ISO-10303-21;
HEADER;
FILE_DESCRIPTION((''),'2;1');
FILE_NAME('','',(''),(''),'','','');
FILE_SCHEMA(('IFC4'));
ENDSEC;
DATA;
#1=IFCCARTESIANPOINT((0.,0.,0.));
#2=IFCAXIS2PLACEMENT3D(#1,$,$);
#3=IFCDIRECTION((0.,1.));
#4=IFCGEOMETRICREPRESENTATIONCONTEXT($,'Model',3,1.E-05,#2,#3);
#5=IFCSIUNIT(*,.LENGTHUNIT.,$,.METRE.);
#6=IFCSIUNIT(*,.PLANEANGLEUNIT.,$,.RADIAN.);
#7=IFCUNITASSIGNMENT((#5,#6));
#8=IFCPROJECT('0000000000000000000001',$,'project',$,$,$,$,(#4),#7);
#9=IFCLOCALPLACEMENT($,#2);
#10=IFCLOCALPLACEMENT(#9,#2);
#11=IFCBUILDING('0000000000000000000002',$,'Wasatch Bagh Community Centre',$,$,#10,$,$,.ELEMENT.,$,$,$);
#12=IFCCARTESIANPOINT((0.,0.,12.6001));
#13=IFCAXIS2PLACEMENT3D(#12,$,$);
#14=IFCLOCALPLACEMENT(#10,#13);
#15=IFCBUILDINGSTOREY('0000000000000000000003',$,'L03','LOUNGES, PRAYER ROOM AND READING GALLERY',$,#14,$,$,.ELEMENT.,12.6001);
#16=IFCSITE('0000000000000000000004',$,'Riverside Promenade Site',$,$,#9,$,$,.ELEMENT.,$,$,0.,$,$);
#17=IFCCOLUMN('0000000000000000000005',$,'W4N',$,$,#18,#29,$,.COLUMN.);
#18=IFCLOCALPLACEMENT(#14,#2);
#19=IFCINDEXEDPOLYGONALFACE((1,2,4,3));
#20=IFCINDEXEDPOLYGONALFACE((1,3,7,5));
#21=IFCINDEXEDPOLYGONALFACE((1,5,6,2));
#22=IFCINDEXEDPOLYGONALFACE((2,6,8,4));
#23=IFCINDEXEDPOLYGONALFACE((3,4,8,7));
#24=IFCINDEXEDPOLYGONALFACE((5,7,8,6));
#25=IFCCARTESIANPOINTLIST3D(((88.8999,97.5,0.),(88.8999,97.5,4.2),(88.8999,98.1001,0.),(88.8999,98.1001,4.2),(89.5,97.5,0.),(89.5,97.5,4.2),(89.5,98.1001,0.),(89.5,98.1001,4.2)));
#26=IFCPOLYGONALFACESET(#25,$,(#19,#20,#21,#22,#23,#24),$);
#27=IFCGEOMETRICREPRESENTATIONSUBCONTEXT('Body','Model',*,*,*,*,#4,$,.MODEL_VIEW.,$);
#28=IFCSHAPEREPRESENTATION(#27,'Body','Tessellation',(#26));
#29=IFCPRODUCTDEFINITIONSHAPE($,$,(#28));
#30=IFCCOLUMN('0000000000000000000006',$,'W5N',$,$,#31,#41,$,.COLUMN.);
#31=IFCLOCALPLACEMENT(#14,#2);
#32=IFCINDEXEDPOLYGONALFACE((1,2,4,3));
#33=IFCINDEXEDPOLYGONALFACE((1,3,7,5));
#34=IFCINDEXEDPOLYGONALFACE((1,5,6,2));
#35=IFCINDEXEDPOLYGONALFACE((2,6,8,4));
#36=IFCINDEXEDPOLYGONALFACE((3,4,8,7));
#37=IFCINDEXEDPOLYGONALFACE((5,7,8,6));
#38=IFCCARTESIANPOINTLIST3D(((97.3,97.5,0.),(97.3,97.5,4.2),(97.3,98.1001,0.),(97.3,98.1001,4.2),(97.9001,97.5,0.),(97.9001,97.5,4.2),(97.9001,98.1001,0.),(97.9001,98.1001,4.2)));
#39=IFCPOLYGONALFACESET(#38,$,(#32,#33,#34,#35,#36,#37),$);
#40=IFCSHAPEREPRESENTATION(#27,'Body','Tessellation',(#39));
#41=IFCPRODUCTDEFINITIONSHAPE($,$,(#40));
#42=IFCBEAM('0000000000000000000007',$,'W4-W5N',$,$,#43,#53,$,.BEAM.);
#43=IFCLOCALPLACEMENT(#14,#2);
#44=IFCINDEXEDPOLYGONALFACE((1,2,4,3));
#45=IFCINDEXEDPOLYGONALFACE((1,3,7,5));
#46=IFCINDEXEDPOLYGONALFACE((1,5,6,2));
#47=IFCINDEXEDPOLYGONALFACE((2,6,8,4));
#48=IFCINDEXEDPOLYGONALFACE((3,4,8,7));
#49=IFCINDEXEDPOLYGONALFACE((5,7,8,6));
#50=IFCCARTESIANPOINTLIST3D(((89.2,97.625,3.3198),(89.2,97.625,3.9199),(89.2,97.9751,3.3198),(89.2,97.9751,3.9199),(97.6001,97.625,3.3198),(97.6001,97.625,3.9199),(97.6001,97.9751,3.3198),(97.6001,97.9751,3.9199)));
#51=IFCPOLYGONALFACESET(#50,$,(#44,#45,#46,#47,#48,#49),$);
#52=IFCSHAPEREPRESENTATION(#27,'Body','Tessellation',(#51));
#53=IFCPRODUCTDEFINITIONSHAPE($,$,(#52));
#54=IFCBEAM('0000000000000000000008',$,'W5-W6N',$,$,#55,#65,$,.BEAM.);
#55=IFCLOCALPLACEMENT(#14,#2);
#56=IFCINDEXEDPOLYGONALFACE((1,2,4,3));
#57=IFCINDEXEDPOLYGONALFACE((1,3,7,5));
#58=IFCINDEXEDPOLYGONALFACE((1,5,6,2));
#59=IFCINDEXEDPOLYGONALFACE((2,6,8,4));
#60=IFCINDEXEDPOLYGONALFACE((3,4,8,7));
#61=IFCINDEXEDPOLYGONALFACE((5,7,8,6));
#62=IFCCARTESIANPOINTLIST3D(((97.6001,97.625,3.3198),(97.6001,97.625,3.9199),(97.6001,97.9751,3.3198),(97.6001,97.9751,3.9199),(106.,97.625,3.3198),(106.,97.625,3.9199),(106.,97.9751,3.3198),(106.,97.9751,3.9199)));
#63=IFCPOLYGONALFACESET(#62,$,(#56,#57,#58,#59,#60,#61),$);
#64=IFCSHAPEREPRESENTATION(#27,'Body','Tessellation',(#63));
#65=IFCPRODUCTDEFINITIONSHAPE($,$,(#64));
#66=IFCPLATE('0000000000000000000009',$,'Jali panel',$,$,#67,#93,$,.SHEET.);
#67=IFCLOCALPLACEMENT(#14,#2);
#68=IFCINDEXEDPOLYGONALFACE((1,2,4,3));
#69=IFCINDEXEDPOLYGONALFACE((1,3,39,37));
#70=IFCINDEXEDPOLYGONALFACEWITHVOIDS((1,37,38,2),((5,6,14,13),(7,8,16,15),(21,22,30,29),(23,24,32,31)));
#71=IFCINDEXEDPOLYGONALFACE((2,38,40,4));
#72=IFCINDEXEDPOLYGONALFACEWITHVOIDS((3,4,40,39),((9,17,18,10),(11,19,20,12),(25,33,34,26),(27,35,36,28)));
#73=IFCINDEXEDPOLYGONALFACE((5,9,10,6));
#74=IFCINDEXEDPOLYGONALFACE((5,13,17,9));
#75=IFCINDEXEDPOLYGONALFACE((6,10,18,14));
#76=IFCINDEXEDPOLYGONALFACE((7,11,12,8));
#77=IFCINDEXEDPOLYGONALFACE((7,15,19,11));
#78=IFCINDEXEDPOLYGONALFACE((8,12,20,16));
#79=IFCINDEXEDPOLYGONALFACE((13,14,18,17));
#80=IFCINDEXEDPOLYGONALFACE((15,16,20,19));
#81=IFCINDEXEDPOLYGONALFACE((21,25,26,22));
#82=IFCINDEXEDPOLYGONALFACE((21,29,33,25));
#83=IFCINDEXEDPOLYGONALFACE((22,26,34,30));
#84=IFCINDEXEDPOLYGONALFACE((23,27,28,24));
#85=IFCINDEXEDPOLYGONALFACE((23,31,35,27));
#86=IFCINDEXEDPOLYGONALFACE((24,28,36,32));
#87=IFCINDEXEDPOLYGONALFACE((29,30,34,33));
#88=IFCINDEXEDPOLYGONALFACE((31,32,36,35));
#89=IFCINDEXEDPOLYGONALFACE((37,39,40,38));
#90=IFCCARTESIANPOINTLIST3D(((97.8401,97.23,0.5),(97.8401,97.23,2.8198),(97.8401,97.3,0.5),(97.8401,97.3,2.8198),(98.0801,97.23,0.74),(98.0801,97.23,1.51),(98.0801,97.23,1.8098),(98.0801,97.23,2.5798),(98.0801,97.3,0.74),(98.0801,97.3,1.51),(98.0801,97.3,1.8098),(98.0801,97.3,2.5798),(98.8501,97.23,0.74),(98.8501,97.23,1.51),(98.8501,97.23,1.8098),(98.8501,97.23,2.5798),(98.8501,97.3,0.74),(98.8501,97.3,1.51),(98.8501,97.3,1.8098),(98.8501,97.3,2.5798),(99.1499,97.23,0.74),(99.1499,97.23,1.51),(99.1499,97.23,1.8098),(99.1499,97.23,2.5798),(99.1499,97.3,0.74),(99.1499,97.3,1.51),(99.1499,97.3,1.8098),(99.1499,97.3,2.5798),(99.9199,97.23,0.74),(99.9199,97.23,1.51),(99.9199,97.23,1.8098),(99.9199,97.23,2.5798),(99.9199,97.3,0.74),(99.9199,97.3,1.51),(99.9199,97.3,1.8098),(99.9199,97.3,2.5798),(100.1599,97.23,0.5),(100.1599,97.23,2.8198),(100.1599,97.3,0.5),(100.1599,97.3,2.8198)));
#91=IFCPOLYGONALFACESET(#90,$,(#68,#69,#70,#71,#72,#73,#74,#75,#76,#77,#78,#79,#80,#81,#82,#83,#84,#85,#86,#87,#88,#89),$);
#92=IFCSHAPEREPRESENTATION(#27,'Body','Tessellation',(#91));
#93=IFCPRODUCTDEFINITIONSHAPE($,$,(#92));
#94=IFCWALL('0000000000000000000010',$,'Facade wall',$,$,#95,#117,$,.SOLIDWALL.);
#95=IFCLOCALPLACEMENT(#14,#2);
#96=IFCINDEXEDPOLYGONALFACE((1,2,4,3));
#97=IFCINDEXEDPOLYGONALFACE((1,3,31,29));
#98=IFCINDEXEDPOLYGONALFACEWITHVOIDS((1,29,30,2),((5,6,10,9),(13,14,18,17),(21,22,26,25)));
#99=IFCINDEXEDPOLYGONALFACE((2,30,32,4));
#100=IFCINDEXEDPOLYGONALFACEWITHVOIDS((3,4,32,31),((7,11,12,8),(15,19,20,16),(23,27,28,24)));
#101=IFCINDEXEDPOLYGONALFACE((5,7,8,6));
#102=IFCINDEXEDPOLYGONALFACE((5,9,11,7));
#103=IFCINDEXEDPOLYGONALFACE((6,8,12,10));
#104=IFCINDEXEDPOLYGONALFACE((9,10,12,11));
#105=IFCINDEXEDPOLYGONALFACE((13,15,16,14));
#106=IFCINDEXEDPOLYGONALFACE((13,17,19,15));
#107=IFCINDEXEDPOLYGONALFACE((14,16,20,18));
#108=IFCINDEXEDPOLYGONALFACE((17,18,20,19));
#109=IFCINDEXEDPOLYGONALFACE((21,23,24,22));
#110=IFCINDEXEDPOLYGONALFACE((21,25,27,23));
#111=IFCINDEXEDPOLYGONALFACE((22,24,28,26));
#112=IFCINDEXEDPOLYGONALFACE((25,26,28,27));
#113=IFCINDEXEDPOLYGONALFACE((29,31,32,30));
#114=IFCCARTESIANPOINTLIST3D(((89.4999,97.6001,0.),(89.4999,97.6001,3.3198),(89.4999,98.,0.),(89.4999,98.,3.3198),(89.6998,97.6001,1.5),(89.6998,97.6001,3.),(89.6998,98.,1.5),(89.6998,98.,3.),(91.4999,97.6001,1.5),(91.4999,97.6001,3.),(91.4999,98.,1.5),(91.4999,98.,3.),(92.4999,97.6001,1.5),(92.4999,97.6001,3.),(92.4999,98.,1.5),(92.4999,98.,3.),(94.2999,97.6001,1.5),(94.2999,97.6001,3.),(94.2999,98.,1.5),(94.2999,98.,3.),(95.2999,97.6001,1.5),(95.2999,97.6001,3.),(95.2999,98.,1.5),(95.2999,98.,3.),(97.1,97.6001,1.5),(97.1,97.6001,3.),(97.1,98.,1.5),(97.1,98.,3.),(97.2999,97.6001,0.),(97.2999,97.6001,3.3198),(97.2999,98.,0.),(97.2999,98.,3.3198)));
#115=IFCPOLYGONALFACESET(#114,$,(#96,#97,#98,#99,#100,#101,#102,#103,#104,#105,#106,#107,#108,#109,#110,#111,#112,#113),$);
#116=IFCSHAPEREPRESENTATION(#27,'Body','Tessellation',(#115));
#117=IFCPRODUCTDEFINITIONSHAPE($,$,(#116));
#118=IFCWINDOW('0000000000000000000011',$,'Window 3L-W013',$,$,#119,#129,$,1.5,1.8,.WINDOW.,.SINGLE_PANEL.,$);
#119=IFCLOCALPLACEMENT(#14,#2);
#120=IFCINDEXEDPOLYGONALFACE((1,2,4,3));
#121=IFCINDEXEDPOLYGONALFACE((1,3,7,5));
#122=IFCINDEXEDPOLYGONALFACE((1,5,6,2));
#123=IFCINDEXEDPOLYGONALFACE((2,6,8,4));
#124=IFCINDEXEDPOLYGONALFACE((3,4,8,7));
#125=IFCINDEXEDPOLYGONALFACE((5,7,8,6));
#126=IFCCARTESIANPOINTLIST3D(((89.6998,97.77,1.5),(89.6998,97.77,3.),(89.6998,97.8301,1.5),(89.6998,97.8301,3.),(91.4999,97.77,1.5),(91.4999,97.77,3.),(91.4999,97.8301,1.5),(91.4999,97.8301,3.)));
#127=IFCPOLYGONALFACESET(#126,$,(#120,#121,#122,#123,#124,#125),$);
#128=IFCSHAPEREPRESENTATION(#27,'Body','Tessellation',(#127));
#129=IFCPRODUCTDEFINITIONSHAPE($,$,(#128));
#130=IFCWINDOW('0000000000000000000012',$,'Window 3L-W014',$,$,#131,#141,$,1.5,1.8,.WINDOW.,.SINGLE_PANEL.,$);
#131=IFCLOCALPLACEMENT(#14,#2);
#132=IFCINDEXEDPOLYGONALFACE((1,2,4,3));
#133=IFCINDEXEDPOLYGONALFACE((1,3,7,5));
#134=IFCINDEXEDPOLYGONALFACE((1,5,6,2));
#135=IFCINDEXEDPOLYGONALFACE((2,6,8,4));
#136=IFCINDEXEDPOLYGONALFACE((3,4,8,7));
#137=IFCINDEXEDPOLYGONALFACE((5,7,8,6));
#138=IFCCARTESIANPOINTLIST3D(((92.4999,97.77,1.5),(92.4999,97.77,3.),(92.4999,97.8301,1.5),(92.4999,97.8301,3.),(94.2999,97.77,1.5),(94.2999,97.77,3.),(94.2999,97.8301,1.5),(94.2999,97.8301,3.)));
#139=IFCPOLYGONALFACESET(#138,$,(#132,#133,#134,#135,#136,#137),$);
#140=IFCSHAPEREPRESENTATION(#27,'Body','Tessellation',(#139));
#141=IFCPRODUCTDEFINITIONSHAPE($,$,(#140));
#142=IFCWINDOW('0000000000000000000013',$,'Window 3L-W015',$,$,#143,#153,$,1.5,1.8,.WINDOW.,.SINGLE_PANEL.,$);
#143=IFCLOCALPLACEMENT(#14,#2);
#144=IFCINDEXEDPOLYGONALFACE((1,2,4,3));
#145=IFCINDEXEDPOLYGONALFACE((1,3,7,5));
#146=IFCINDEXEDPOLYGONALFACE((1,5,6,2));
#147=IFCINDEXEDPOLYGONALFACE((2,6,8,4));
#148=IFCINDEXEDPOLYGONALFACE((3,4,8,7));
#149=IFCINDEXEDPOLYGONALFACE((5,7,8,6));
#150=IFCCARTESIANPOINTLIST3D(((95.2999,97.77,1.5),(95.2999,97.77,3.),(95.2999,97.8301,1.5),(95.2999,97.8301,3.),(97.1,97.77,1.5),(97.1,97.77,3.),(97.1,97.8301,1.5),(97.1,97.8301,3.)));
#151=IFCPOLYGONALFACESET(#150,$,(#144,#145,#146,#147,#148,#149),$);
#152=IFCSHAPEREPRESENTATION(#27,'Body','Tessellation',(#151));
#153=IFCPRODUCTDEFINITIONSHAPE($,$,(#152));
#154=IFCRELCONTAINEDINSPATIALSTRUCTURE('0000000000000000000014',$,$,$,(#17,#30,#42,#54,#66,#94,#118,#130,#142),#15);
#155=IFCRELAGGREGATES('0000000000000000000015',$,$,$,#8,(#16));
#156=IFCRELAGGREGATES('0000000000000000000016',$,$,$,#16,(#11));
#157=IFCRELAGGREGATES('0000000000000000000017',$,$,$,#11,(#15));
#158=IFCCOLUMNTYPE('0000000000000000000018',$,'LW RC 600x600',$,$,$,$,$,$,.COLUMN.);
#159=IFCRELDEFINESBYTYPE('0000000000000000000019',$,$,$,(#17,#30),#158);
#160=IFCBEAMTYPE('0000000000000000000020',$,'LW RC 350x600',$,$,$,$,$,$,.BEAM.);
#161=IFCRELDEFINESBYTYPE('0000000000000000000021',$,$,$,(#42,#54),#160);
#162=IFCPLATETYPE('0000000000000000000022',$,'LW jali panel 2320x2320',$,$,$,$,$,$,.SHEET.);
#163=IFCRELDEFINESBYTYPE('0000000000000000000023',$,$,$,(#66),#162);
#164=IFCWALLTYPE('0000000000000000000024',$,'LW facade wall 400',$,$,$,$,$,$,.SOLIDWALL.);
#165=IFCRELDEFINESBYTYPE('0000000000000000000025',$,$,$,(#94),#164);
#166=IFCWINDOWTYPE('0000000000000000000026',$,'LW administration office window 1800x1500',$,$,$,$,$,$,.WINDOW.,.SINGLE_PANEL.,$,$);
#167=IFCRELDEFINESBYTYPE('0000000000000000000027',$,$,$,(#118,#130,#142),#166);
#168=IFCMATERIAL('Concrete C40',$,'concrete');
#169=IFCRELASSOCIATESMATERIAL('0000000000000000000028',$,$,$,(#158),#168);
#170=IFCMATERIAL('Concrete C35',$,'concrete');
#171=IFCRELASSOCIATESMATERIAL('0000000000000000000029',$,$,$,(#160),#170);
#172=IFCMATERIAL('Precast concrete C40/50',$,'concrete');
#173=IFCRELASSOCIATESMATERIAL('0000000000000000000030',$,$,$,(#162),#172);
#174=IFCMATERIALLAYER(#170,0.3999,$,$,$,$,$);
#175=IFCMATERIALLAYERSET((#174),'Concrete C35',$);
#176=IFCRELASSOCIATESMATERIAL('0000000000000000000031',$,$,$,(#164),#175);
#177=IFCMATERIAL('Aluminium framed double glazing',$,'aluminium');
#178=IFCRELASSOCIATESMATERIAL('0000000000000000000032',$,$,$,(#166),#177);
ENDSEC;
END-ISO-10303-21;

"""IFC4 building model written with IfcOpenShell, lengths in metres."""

from ifc_helpers import new_model, si_unit, direction, frame, frame_2d, origin, origin_2d, place, context, subcontext, project, spatial, polyline, rectangle, outline, extrude, material, layer, layer_set, material_profile, profile_set, type_object, element, fill, save


model = new_model("IFC4")

# Units and contexts
model_context = context("Model", 3, precision=1e-05, world=origin(), true_north=direction((0.0, 1.0)))
body_context = subcontext(model_context, "Body", "Model", "MODEL_VIEW")
ifc_project = project(units=[si_unit("LENGTHUNIT", "METRE"), si_unit("PLANEANGLEUNIT", "RADIAN")], contexts=[model_context])

# Site, building, storey
site_placement = place(None, origin())
site = spatial("IfcSite", under=ifc_project, at=site_placement, Name="Riverside Promenade Site", CompositionType="ELEMENT", RefElevation=0.0)
building_placement = place(site_placement, origin())
building = spatial("IfcBuilding", under=site, at=building_placement, Name="Wasatch Bagh Community Centre", CompositionType="ELEMENT")
storey_placement = place(building_placement, frame((0.0, 0.0, 12.6001)))
storey = spatial("IfcBuildingStorey", under=building, at=storey_placement, Name="L03", Description="LOUNGES, PRAYER ROOM AND READING GALLERY", CompositionType="ELEMENT", Elevation=12.6001)

# Columns
ifc_material_1 = material(Name="Concrete C40", Category="concrete")
ifc_material_profile_1 = material_profile(ifc_material_1, rectangle(XDim=0.6001, YDim=0.6001, at=origin_2d()), Name="RC 600x600")
ifc_profile_set_1 = profile_set([ifc_material_profile_1], Name="Concrete C40")
column_type = type_object("IfcColumnType", Name="LW RC 600x600", PredefinedType="COLUMN", material=ifc_profile_set_1)
for number, where, z_axis, x_axis, name in (
    (1, (89.2, 97.8, 0.0), (0.0, 0.0, 1.0), (1.0, 0.0, 0.0), "W4N"),
    (2, (97.6001, 97.8, 0.0), (0.0, 0.0, 1.0), (1.0, 0.0, 0.0), "W5N"),
):
    element("IfcColumn", number, at=place(storey_placement, frame(where, z_axis=z_axis, x_axis=x_axis)), inside=storey, type_object=column_type, Name=name, PredefinedType="COLUMN", context=body_context, shape_type="SweptSolid", body=[
        extrude(rectangle(XDim=0.6001, YDim=0.6001, at=origin_2d()), origin(), (0.0, 0.0, 1.0), 4.2),
    ])

# Beams
ifc_material_2 = material(Name="Concrete C35", Category="concrete")
ifc_material_profile_2 = material_profile(ifc_material_2, rectangle(XDim=0.3501, YDim=0.6001, at=origin_2d()), Name="RC 350x600")
ifc_profile_set_2 = profile_set([ifc_material_profile_2], Name="Concrete C35")
beam_type = type_object("IfcBeamType", Name="LW RC 350x600", PredefinedType="BEAM", material=ifc_profile_set_2)
beam_1_placement = place(storey_placement, frame((89.2, 97.8, 3.6199), z_axis=(1.0, 0.0, 0.0), x_axis=(0.0, 1.0, 0.0)))
element("IfcBeam", 3, at=beam_1_placement, inside=storey, type_object=beam_type, Name="W4-W5N", PredefinedType="BEAM", context=body_context, shape_type="SweptSolid", body=[
    extrude(rectangle(XDim=0.3501, YDim=0.6001, at=origin_2d()), origin(), (0.0, 0.0, 1.0), 8.4001),
])
beam_2_placement = place(storey_placement, frame((97.6001, 97.8, 3.6199), z_axis=(1.0, 0.0, 0.0), x_axis=(0.0, 1.0, 0.0)))
element("IfcBeam", 4, at=beam_2_placement, inside=storey, type_object=beam_type, Name="W5-W6N", PredefinedType="BEAM", context=body_context, shape_type="SweptSolid", body=[
    extrude(rectangle(XDim=0.3501, YDim=0.6001, at=origin_2d()), origin(), (0.0, 0.0, 1.0), 8.3999),
])

# Plate
ifc_material_3 = material(Name="Precast concrete C40/50", Category="concrete")
ifc_material_profile_3 = material_profile(ifc_material_3, outline(polyline([(-1.1599, -1.1599), (1.1599, -1.1599), (1.1599, 1.1599), (-1.1599, 1.1599), (-1.1599, -1.1599)]), holes=[polyline([(-0.9199, -0.9199), (-0.1499, -0.9199), (-0.1499, -0.1499), (-0.9199, -0.1499), (-0.9199, -0.9199)]), polyline([(-0.9199, 0.1499), (-0.1499, 0.1499), (-0.1499, 0.9199), (-0.9199, 0.9199), (-0.9199, 0.1499)]), polyline([(0.1499, -0.9199), (0.9199, -0.9199), (0.9199, -0.1499), (0.1499, -0.1499), (0.1499, -0.9199)]), polyline([(0.1499, 0.1499), (0.9199, 0.1499), (0.9199, 0.9199), (0.1499, 0.9199), (0.1499, 0.1499)])]), Name="Jali lattice")
ifc_profile_set_3 = profile_set([ifc_material_profile_3], Name="Precast concrete C40/50")
plate_type = type_object("IfcPlateType", Name="LW jali panel 2320x2320", PredefinedType="SHEET", material=ifc_profile_set_3)
plate_placement = place(storey_placement, frame((99.0, 97.3, 1.6599), z_axis=(0.0, -1.0, 0.0), x_axis=(1.0, 0.0, 0.0)))
element("IfcPlate", 5, at=plate_placement, inside=storey, type_object=plate_type, Name="Jali panel", PredefinedType="SHEET", context=body_context, shape_type="SweptSolid", body=[
    extrude(outline(polyline([(-1.1599, -1.1599), (1.1599, -1.1599), (1.1599, 1.1599), (-1.1599, 1.1599), (-1.1599, -1.1599)]), holes=[polyline([(-0.9199, -0.9199), (-0.1499, -0.9199), (-0.1499, -0.1499), (-0.9199, -0.1499), (-0.9199, -0.9199)]), polyline([(-0.9199, 0.1499), (-0.1499, 0.1499), (-0.1499, 0.9199), (-0.9199, 0.9199), (-0.9199, 0.1499)]), polyline([(0.1499, -0.9199), (0.9199, -0.9199), (0.9199, -0.1499), (0.1499, -0.1499), (0.1499, -0.9199)]), polyline([(0.1499, 0.1499), (0.9199, 0.1499), (0.9199, 0.9199), (0.1499, 0.9199), (0.1499, 0.1499)])]), origin(), (0.0, 0.0, 1.0), 0.0701),
])

# Wall, openings, windows
ifc_layer = layer(ifc_material_2, 0.3999)
ifc_layer_set = layer_set([ifc_layer], Name="Concrete C35")
wall_type = type_object("IfcWallType", Name="LW facade wall 400", PredefinedType="SOLIDWALL", material=ifc_layer_set)
wall_1_placement = place(storey_placement, frame((89.5, 97.8, 0.0), z_axis=(0.0, 0.0, 1.0), x_axis=(1.0, 0.0, 0.0)))
wall_1 = element("IfcWall", 6, at=wall_1_placement, inside=storey, type_object=wall_type, Name="Facade wall", PredefinedType="SOLIDWALL", context=body_context, shape_type="SweptSolid", body=[
    extrude(rectangle(XDim=7.8, YDim=0.3999, at=frame_2d((3.8999, 0.0))), origin(), (0.0, 0.0, 1.0), 3.3198),
])
opening_1_placement = place(wall_1_placement, frame((0.2, 0.0, 1.5)))
opening_1 = element("IfcOpeningElement", 7, at=opening_1_placement, cuts=wall_1, PredefinedType="OPENING", context=body_context, shape_type="SweptSolid", body=[
    extrude(rectangle(XDim=1.8, YDim=1.5, at=frame_2d((0.8999, 0.75))), frame((0.0, 0.21, 0.0), z_axis=(0.0, -1.0, 0.0), x_axis=(1.0, 0.0, 0.0)), (0.0, 0.0, 1.0), 0.4199),
])
opening_2_placement = place(wall_1_placement, frame((3.0, 0.0, 1.5)))
opening_2 = element("IfcOpeningElement", 8, at=opening_2_placement, cuts=wall_1, PredefinedType="OPENING", context=body_context, shape_type="SweptSolid", body=[
    extrude(rectangle(XDim=1.8, YDim=1.5, at=frame_2d((0.8999, 0.75))), frame((0.0, 0.21, 0.0), z_axis=(0.0, -1.0, 0.0), x_axis=(1.0, 0.0, 0.0)), (0.0, 0.0, 1.0), 0.4199),
])
opening_3_placement = place(wall_1_placement, frame((5.8, 0.0, 1.5)))
opening_3 = element("IfcOpeningElement", 9, at=opening_3_placement, cuts=wall_1, PredefinedType="OPENING", context=body_context, shape_type="SweptSolid", body=[
    extrude(rectangle(XDim=1.8, YDim=1.5, at=frame_2d((0.8999, 0.75))), frame((0.0, 0.21, 0.0), z_axis=(0.0, -1.0, 0.0), x_axis=(1.0, 0.0, 0.0)), (0.0, 0.0, 1.0), 0.4199),
])
ifc_material_4 = material(Name="Aluminium framed double glazing", Category="aluminium")
window_type_1 = type_object("IfcWindowType", Name="LW administration office window 1800x1500", PartitioningType="SINGLE_PANEL", PredefinedType="WINDOW", material=ifc_material_4)
window_1_placement = place(opening_1_placement, origin())
window_1 = element("IfcWindow", 10, at=window_1_placement, inside=storey, type_object=window_type_1, Name="Window 3L-W013", OverallHeight=1.5, OverallWidth=1.8, PartitioningType="SINGLE_PANEL", PredefinedType="WINDOW", context=body_context, shape_type="SweptSolid", body=[
    extrude(rectangle(XDim=1.8, YDim=1.5, at=frame_2d((0.8999, 0.75))), frame((0.0, 0.03, 0.0), z_axis=(0.0, -1.0, 0.0), x_axis=(1.0, 0.0, 0.0)), (0.0, 0.0, 1.0), 0.0601),
])
fill(opening_1, window_1)
window_2_placement = place(opening_2_placement, origin())
window_2 = element("IfcWindow", 11, at=window_2_placement, inside=storey, type_object=window_type_1, Name="Window 3L-W014", OverallHeight=1.5, OverallWidth=1.8, PartitioningType="SINGLE_PANEL", PredefinedType="WINDOW", context=body_context, shape_type="SweptSolid", body=[
    extrude(rectangle(XDim=1.8, YDim=1.5, at=frame_2d((0.8999, 0.75))), frame((0.0, 0.03, 0.0), z_axis=(0.0, -1.0, 0.0), x_axis=(1.0, 0.0, 0.0)), (0.0, 0.0, 1.0), 0.0601),
])
fill(opening_2, window_2)
window_3_placement = place(opening_3_placement, origin())
window_3 = element("IfcWindow", 12, at=window_3_placement, inside=storey, type_object=window_type_1, Name="Window 3L-W015", OverallHeight=1.5, OverallWidth=1.8, PartitioningType="SINGLE_PANEL", PredefinedType="WINDOW", context=body_context, shape_type="SweptSolid", body=[
    extrude(rectangle(XDim=1.8, YDim=1.5, at=frame_2d((0.8999, 0.75))), frame((0.0, 0.03, 0.0), z_axis=(0.0, -1.0, 0.0), x_axis=(1.0, 0.0, 0.0)), (0.0, 0.0, 1.0), 0.0601),
])
fill(opening_3, window_3)

save(model, "model.ifc")
